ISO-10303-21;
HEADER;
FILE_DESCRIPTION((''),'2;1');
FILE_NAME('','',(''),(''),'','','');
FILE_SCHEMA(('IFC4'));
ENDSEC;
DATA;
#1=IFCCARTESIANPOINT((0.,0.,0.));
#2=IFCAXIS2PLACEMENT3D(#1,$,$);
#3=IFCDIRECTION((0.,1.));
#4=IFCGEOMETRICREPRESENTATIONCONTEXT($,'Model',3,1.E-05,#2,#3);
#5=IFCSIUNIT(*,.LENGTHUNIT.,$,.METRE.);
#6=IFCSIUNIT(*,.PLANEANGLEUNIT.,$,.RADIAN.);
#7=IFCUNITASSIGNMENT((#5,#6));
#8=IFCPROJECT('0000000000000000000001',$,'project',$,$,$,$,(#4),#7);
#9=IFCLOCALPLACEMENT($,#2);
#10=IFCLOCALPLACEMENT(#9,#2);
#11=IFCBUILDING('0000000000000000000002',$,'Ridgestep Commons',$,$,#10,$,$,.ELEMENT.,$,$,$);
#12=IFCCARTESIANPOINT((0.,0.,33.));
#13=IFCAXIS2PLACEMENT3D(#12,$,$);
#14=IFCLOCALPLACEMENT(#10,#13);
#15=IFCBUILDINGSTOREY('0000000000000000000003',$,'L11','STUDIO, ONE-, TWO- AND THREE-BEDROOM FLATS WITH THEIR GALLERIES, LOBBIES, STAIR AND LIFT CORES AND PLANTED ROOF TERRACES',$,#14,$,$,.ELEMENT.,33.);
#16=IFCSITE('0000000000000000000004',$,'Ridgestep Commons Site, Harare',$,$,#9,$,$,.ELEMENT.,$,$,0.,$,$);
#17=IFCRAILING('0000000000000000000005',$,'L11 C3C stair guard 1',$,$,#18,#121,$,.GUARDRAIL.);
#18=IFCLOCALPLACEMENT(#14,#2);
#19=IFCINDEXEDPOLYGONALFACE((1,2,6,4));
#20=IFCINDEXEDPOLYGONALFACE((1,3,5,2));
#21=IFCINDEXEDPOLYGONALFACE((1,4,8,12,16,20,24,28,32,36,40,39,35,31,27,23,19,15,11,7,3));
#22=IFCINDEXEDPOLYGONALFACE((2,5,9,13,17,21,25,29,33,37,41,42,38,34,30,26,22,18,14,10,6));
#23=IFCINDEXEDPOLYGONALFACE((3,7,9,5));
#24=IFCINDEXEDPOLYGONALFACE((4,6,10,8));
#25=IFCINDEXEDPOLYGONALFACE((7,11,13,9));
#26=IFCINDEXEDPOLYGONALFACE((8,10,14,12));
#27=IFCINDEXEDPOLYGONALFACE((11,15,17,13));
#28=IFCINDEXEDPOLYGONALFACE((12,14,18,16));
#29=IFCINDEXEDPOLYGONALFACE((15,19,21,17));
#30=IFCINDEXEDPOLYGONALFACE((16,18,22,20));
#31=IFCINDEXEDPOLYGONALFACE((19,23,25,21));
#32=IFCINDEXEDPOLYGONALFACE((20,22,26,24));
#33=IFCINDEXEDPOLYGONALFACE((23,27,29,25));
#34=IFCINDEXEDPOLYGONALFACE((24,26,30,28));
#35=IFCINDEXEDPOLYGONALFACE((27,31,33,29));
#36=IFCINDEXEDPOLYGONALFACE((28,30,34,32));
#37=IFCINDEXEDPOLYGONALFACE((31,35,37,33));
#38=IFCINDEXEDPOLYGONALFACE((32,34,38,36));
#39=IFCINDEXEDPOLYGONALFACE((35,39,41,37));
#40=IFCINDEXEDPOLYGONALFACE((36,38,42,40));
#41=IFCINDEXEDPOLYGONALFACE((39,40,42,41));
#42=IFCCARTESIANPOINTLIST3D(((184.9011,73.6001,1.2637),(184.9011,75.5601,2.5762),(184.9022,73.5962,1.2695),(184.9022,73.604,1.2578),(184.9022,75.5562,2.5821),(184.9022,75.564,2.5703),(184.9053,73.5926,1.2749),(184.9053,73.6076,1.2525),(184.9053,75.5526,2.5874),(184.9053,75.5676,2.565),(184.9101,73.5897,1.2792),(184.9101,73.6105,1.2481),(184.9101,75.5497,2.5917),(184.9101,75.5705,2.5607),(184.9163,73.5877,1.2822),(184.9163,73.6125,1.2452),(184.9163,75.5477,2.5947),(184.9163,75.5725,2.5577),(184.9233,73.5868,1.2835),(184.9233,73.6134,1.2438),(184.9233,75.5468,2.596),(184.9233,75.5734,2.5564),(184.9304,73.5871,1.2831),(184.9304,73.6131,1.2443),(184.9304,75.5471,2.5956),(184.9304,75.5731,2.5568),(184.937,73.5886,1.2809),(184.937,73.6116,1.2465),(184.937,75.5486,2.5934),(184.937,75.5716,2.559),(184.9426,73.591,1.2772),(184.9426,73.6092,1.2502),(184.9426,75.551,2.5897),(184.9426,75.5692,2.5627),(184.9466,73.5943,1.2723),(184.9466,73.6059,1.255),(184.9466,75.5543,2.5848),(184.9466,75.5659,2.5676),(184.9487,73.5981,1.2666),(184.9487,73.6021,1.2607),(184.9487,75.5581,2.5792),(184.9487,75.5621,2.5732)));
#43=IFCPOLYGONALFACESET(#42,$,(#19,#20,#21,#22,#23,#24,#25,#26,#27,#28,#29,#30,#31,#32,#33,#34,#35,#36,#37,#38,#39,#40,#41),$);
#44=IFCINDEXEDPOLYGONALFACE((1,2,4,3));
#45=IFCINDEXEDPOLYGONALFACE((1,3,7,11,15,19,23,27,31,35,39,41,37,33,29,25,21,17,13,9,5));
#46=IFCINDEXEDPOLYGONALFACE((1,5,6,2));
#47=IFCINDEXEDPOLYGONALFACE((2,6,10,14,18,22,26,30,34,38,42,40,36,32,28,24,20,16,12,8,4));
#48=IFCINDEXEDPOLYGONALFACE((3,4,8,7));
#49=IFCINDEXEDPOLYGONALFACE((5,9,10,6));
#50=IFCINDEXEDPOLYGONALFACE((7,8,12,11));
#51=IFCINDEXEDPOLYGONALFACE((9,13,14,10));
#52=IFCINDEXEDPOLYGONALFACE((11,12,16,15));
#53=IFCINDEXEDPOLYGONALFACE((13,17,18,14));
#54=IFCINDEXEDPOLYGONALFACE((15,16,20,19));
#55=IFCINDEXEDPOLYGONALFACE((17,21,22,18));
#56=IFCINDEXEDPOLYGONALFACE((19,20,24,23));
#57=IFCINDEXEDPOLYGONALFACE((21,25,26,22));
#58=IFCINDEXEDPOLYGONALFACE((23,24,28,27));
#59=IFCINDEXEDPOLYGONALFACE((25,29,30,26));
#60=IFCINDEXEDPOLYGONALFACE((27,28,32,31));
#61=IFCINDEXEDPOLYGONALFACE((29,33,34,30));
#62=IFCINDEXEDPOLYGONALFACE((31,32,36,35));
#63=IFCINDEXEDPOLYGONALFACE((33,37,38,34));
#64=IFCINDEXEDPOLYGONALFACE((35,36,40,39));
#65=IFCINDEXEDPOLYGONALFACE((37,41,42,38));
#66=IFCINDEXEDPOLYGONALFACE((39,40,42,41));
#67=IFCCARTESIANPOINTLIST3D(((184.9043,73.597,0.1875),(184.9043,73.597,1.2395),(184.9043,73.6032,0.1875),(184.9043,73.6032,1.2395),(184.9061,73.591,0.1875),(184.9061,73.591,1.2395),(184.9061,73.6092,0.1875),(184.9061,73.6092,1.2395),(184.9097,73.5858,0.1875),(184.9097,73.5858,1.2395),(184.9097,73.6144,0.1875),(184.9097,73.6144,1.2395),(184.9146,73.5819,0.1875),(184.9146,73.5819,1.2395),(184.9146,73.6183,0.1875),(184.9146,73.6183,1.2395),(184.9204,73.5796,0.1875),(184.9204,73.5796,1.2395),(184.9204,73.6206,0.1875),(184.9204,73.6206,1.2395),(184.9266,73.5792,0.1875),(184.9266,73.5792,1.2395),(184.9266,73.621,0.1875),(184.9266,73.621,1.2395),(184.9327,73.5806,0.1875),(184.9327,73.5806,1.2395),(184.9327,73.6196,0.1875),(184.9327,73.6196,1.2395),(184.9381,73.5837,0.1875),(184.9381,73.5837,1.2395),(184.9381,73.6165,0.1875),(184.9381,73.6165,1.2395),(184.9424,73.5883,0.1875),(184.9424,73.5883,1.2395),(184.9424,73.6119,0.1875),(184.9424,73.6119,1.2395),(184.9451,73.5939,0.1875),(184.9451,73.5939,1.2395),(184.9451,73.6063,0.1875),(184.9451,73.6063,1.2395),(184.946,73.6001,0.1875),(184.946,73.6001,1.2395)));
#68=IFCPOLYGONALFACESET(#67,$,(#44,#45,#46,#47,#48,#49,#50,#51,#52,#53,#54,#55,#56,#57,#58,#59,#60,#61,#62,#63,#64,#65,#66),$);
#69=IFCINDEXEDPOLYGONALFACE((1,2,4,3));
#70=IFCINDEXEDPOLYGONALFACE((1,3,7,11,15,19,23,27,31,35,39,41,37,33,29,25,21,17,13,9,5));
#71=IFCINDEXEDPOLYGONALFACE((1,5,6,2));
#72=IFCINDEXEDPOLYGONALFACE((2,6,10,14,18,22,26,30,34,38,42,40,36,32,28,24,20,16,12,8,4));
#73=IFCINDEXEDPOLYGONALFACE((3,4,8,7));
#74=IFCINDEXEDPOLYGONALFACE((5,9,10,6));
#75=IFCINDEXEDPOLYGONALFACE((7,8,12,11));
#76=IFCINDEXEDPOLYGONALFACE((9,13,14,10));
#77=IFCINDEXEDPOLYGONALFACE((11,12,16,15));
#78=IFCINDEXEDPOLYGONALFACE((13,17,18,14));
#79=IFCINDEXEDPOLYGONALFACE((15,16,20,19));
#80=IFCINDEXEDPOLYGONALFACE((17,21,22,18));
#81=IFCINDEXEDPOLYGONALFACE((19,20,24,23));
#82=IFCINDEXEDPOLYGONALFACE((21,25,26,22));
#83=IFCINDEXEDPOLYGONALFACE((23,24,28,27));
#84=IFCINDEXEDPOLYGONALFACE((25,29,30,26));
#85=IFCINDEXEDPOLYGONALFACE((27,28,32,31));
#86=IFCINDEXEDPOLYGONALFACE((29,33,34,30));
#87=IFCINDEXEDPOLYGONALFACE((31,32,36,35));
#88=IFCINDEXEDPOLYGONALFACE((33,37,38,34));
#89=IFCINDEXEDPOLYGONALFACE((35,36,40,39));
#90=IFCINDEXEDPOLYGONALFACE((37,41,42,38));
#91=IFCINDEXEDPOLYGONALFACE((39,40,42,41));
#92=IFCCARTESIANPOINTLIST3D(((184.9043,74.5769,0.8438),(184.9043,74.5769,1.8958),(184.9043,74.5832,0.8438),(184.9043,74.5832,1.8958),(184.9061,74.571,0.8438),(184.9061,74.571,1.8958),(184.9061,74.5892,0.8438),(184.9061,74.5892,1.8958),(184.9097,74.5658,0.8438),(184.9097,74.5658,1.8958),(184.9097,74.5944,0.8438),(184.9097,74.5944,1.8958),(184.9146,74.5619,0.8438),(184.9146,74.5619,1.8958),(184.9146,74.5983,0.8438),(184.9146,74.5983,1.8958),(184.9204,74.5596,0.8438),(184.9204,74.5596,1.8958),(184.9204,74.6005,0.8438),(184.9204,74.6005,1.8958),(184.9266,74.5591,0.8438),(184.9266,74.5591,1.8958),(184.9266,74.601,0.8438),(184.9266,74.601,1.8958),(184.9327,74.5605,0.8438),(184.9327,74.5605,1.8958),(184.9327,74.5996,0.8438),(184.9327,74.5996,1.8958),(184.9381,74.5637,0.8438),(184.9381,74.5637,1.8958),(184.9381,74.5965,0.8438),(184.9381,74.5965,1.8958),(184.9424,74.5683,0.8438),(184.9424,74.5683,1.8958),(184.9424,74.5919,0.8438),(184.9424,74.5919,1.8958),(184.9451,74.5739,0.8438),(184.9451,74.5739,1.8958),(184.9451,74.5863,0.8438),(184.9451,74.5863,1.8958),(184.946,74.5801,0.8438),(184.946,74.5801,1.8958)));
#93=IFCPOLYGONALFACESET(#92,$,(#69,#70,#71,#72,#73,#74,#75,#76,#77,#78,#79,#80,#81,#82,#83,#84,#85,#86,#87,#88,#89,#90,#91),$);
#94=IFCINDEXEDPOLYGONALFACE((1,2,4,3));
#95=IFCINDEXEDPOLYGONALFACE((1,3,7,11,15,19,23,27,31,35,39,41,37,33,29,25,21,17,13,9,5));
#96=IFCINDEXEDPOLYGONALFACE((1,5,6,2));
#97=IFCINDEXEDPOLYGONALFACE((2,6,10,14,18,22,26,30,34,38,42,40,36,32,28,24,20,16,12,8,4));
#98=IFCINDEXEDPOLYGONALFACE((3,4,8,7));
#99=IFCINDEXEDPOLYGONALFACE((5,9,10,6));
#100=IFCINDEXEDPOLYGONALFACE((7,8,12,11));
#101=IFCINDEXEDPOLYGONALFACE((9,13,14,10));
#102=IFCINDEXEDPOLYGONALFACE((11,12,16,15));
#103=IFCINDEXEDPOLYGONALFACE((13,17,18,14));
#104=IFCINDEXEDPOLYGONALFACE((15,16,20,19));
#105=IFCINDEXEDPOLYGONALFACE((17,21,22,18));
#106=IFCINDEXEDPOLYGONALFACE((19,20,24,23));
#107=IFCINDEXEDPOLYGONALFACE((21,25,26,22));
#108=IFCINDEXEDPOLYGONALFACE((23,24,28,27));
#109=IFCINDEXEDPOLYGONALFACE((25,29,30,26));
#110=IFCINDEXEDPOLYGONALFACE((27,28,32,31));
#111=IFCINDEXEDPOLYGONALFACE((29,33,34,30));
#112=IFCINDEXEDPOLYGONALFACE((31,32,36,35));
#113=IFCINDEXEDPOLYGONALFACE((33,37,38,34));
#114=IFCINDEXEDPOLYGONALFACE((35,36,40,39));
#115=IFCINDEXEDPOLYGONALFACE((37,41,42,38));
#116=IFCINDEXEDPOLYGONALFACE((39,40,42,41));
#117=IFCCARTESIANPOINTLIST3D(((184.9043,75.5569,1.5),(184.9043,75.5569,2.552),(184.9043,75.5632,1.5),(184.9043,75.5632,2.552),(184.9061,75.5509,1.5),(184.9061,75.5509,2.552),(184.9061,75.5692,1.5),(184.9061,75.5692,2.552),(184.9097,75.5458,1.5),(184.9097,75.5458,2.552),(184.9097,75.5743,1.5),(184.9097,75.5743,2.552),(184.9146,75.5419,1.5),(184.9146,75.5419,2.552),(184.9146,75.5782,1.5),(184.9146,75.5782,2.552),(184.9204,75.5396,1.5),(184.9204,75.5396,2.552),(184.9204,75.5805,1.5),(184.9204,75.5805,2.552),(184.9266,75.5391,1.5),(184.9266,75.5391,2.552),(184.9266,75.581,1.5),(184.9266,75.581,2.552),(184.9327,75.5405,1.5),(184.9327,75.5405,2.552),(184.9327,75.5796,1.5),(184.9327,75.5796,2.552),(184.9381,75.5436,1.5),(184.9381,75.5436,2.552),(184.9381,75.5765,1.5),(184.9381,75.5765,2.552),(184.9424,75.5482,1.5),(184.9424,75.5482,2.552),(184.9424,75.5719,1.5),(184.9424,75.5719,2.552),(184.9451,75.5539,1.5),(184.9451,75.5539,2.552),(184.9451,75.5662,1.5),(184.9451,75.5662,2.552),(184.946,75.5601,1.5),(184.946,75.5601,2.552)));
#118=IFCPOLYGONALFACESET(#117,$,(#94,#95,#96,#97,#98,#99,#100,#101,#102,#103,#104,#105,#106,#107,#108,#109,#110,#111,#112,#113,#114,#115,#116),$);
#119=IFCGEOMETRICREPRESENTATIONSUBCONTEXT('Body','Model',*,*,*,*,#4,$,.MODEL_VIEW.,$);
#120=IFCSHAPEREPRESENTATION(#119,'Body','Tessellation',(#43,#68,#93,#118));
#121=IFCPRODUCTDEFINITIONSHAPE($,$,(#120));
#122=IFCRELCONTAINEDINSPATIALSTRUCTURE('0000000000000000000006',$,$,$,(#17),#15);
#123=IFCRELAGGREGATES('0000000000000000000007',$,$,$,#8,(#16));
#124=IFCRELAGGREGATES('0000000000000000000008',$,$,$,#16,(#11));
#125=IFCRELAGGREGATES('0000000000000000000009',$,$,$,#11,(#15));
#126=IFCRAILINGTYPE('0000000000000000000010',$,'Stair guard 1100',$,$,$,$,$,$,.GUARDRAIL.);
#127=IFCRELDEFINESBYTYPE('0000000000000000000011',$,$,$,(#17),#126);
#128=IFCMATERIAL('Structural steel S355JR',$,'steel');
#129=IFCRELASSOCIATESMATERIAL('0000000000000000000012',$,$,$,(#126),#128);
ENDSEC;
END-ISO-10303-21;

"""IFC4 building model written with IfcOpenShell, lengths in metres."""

from ifc_helpers import new_model, si_unit, direction, frame, origin, origin_2d, place, context, subcontext, project, spatial, circle, extrude, material, type_object, element, save


model = new_model("IFC4")

# Units and contexts
model_context = context("Model", 3, precision=1e-05, world=origin(), true_north=direction((0.0, 1.0)))
body_context = subcontext(model_context, "Body", "Model", "MODEL_VIEW")
ifc_project = project(units=[si_unit("LENGTHUNIT", "METRE"), si_unit("PLANEANGLEUNIT", "RADIAN")], contexts=[model_context])

# Site, building, storey
site_placement = place(None, origin())
site = spatial("IfcSite", under=ifc_project, at=site_placement, Name="Ridgestep Commons Site, Harare", CompositionType="ELEMENT", RefElevation=0.0)
building_placement = place(site_placement, origin())
building = spatial("IfcBuilding", under=site, at=building_placement, Name="Ridgestep Commons", CompositionType="ELEMENT")
storey_placement = place(building_placement, frame((0.0, 0.0, 33.0)))
storey = spatial("IfcBuildingStorey", under=building, at=storey_placement, Name="L11", Description="STUDIO, ONE-, TWO- AND THREE-BEDROOM FLATS WITH THEIR GALLERIES, LOBBIES, STAIR AND LIFT CORES AND PLANTED ROOF TERRACES", CompositionType="ELEMENT", Elevation=33.0)

# Railing
ifc_material_1 = material(Name="Structural steel S355JR", Category="steel")
railing_type_1 = type_object("IfcRailingType", Name="Stair guard 1100", PredefinedType="GUARDRAIL", material=ifc_material_1)
railing_1_placement = place(storey_placement, frame((184.925, 73.6001, 0.1875)))
element("IfcRailing", 1, at=railing_1_placement, inside=storey, type_object=railing_type_1, Name="L11 C3C stair guard 1", PredefinedType="GUARDRAIL", context=body_context, shape_type="SweptSolid", body=[
    extrude(circle(Radius=0.0239, at=origin_2d()), frame((0.0, 0.0, 1.0762), z_axis=(0.0, 0.830902, 0.556419), x_axis=(-1.0, 0.0, 0.0)), (0.0, 0.0, 1.0), 2.3589),
    extrude(circle(Radius=0.021, at=origin_2d()), origin(), (0.0, 0.0, 1.0), 1.052),
    extrude(circle(Radius=0.021, at=origin_2d()), frame((0.0, 0.98, 0.6562)), (0.0, 0.0, 1.0), 1.052),
    extrude(circle(Radius=0.021, at=origin_2d()), frame((0.0, 1.96, 1.3125)), (0.0, 0.0, 1.0), 1.052),
])

save(model, "model.ifc")
